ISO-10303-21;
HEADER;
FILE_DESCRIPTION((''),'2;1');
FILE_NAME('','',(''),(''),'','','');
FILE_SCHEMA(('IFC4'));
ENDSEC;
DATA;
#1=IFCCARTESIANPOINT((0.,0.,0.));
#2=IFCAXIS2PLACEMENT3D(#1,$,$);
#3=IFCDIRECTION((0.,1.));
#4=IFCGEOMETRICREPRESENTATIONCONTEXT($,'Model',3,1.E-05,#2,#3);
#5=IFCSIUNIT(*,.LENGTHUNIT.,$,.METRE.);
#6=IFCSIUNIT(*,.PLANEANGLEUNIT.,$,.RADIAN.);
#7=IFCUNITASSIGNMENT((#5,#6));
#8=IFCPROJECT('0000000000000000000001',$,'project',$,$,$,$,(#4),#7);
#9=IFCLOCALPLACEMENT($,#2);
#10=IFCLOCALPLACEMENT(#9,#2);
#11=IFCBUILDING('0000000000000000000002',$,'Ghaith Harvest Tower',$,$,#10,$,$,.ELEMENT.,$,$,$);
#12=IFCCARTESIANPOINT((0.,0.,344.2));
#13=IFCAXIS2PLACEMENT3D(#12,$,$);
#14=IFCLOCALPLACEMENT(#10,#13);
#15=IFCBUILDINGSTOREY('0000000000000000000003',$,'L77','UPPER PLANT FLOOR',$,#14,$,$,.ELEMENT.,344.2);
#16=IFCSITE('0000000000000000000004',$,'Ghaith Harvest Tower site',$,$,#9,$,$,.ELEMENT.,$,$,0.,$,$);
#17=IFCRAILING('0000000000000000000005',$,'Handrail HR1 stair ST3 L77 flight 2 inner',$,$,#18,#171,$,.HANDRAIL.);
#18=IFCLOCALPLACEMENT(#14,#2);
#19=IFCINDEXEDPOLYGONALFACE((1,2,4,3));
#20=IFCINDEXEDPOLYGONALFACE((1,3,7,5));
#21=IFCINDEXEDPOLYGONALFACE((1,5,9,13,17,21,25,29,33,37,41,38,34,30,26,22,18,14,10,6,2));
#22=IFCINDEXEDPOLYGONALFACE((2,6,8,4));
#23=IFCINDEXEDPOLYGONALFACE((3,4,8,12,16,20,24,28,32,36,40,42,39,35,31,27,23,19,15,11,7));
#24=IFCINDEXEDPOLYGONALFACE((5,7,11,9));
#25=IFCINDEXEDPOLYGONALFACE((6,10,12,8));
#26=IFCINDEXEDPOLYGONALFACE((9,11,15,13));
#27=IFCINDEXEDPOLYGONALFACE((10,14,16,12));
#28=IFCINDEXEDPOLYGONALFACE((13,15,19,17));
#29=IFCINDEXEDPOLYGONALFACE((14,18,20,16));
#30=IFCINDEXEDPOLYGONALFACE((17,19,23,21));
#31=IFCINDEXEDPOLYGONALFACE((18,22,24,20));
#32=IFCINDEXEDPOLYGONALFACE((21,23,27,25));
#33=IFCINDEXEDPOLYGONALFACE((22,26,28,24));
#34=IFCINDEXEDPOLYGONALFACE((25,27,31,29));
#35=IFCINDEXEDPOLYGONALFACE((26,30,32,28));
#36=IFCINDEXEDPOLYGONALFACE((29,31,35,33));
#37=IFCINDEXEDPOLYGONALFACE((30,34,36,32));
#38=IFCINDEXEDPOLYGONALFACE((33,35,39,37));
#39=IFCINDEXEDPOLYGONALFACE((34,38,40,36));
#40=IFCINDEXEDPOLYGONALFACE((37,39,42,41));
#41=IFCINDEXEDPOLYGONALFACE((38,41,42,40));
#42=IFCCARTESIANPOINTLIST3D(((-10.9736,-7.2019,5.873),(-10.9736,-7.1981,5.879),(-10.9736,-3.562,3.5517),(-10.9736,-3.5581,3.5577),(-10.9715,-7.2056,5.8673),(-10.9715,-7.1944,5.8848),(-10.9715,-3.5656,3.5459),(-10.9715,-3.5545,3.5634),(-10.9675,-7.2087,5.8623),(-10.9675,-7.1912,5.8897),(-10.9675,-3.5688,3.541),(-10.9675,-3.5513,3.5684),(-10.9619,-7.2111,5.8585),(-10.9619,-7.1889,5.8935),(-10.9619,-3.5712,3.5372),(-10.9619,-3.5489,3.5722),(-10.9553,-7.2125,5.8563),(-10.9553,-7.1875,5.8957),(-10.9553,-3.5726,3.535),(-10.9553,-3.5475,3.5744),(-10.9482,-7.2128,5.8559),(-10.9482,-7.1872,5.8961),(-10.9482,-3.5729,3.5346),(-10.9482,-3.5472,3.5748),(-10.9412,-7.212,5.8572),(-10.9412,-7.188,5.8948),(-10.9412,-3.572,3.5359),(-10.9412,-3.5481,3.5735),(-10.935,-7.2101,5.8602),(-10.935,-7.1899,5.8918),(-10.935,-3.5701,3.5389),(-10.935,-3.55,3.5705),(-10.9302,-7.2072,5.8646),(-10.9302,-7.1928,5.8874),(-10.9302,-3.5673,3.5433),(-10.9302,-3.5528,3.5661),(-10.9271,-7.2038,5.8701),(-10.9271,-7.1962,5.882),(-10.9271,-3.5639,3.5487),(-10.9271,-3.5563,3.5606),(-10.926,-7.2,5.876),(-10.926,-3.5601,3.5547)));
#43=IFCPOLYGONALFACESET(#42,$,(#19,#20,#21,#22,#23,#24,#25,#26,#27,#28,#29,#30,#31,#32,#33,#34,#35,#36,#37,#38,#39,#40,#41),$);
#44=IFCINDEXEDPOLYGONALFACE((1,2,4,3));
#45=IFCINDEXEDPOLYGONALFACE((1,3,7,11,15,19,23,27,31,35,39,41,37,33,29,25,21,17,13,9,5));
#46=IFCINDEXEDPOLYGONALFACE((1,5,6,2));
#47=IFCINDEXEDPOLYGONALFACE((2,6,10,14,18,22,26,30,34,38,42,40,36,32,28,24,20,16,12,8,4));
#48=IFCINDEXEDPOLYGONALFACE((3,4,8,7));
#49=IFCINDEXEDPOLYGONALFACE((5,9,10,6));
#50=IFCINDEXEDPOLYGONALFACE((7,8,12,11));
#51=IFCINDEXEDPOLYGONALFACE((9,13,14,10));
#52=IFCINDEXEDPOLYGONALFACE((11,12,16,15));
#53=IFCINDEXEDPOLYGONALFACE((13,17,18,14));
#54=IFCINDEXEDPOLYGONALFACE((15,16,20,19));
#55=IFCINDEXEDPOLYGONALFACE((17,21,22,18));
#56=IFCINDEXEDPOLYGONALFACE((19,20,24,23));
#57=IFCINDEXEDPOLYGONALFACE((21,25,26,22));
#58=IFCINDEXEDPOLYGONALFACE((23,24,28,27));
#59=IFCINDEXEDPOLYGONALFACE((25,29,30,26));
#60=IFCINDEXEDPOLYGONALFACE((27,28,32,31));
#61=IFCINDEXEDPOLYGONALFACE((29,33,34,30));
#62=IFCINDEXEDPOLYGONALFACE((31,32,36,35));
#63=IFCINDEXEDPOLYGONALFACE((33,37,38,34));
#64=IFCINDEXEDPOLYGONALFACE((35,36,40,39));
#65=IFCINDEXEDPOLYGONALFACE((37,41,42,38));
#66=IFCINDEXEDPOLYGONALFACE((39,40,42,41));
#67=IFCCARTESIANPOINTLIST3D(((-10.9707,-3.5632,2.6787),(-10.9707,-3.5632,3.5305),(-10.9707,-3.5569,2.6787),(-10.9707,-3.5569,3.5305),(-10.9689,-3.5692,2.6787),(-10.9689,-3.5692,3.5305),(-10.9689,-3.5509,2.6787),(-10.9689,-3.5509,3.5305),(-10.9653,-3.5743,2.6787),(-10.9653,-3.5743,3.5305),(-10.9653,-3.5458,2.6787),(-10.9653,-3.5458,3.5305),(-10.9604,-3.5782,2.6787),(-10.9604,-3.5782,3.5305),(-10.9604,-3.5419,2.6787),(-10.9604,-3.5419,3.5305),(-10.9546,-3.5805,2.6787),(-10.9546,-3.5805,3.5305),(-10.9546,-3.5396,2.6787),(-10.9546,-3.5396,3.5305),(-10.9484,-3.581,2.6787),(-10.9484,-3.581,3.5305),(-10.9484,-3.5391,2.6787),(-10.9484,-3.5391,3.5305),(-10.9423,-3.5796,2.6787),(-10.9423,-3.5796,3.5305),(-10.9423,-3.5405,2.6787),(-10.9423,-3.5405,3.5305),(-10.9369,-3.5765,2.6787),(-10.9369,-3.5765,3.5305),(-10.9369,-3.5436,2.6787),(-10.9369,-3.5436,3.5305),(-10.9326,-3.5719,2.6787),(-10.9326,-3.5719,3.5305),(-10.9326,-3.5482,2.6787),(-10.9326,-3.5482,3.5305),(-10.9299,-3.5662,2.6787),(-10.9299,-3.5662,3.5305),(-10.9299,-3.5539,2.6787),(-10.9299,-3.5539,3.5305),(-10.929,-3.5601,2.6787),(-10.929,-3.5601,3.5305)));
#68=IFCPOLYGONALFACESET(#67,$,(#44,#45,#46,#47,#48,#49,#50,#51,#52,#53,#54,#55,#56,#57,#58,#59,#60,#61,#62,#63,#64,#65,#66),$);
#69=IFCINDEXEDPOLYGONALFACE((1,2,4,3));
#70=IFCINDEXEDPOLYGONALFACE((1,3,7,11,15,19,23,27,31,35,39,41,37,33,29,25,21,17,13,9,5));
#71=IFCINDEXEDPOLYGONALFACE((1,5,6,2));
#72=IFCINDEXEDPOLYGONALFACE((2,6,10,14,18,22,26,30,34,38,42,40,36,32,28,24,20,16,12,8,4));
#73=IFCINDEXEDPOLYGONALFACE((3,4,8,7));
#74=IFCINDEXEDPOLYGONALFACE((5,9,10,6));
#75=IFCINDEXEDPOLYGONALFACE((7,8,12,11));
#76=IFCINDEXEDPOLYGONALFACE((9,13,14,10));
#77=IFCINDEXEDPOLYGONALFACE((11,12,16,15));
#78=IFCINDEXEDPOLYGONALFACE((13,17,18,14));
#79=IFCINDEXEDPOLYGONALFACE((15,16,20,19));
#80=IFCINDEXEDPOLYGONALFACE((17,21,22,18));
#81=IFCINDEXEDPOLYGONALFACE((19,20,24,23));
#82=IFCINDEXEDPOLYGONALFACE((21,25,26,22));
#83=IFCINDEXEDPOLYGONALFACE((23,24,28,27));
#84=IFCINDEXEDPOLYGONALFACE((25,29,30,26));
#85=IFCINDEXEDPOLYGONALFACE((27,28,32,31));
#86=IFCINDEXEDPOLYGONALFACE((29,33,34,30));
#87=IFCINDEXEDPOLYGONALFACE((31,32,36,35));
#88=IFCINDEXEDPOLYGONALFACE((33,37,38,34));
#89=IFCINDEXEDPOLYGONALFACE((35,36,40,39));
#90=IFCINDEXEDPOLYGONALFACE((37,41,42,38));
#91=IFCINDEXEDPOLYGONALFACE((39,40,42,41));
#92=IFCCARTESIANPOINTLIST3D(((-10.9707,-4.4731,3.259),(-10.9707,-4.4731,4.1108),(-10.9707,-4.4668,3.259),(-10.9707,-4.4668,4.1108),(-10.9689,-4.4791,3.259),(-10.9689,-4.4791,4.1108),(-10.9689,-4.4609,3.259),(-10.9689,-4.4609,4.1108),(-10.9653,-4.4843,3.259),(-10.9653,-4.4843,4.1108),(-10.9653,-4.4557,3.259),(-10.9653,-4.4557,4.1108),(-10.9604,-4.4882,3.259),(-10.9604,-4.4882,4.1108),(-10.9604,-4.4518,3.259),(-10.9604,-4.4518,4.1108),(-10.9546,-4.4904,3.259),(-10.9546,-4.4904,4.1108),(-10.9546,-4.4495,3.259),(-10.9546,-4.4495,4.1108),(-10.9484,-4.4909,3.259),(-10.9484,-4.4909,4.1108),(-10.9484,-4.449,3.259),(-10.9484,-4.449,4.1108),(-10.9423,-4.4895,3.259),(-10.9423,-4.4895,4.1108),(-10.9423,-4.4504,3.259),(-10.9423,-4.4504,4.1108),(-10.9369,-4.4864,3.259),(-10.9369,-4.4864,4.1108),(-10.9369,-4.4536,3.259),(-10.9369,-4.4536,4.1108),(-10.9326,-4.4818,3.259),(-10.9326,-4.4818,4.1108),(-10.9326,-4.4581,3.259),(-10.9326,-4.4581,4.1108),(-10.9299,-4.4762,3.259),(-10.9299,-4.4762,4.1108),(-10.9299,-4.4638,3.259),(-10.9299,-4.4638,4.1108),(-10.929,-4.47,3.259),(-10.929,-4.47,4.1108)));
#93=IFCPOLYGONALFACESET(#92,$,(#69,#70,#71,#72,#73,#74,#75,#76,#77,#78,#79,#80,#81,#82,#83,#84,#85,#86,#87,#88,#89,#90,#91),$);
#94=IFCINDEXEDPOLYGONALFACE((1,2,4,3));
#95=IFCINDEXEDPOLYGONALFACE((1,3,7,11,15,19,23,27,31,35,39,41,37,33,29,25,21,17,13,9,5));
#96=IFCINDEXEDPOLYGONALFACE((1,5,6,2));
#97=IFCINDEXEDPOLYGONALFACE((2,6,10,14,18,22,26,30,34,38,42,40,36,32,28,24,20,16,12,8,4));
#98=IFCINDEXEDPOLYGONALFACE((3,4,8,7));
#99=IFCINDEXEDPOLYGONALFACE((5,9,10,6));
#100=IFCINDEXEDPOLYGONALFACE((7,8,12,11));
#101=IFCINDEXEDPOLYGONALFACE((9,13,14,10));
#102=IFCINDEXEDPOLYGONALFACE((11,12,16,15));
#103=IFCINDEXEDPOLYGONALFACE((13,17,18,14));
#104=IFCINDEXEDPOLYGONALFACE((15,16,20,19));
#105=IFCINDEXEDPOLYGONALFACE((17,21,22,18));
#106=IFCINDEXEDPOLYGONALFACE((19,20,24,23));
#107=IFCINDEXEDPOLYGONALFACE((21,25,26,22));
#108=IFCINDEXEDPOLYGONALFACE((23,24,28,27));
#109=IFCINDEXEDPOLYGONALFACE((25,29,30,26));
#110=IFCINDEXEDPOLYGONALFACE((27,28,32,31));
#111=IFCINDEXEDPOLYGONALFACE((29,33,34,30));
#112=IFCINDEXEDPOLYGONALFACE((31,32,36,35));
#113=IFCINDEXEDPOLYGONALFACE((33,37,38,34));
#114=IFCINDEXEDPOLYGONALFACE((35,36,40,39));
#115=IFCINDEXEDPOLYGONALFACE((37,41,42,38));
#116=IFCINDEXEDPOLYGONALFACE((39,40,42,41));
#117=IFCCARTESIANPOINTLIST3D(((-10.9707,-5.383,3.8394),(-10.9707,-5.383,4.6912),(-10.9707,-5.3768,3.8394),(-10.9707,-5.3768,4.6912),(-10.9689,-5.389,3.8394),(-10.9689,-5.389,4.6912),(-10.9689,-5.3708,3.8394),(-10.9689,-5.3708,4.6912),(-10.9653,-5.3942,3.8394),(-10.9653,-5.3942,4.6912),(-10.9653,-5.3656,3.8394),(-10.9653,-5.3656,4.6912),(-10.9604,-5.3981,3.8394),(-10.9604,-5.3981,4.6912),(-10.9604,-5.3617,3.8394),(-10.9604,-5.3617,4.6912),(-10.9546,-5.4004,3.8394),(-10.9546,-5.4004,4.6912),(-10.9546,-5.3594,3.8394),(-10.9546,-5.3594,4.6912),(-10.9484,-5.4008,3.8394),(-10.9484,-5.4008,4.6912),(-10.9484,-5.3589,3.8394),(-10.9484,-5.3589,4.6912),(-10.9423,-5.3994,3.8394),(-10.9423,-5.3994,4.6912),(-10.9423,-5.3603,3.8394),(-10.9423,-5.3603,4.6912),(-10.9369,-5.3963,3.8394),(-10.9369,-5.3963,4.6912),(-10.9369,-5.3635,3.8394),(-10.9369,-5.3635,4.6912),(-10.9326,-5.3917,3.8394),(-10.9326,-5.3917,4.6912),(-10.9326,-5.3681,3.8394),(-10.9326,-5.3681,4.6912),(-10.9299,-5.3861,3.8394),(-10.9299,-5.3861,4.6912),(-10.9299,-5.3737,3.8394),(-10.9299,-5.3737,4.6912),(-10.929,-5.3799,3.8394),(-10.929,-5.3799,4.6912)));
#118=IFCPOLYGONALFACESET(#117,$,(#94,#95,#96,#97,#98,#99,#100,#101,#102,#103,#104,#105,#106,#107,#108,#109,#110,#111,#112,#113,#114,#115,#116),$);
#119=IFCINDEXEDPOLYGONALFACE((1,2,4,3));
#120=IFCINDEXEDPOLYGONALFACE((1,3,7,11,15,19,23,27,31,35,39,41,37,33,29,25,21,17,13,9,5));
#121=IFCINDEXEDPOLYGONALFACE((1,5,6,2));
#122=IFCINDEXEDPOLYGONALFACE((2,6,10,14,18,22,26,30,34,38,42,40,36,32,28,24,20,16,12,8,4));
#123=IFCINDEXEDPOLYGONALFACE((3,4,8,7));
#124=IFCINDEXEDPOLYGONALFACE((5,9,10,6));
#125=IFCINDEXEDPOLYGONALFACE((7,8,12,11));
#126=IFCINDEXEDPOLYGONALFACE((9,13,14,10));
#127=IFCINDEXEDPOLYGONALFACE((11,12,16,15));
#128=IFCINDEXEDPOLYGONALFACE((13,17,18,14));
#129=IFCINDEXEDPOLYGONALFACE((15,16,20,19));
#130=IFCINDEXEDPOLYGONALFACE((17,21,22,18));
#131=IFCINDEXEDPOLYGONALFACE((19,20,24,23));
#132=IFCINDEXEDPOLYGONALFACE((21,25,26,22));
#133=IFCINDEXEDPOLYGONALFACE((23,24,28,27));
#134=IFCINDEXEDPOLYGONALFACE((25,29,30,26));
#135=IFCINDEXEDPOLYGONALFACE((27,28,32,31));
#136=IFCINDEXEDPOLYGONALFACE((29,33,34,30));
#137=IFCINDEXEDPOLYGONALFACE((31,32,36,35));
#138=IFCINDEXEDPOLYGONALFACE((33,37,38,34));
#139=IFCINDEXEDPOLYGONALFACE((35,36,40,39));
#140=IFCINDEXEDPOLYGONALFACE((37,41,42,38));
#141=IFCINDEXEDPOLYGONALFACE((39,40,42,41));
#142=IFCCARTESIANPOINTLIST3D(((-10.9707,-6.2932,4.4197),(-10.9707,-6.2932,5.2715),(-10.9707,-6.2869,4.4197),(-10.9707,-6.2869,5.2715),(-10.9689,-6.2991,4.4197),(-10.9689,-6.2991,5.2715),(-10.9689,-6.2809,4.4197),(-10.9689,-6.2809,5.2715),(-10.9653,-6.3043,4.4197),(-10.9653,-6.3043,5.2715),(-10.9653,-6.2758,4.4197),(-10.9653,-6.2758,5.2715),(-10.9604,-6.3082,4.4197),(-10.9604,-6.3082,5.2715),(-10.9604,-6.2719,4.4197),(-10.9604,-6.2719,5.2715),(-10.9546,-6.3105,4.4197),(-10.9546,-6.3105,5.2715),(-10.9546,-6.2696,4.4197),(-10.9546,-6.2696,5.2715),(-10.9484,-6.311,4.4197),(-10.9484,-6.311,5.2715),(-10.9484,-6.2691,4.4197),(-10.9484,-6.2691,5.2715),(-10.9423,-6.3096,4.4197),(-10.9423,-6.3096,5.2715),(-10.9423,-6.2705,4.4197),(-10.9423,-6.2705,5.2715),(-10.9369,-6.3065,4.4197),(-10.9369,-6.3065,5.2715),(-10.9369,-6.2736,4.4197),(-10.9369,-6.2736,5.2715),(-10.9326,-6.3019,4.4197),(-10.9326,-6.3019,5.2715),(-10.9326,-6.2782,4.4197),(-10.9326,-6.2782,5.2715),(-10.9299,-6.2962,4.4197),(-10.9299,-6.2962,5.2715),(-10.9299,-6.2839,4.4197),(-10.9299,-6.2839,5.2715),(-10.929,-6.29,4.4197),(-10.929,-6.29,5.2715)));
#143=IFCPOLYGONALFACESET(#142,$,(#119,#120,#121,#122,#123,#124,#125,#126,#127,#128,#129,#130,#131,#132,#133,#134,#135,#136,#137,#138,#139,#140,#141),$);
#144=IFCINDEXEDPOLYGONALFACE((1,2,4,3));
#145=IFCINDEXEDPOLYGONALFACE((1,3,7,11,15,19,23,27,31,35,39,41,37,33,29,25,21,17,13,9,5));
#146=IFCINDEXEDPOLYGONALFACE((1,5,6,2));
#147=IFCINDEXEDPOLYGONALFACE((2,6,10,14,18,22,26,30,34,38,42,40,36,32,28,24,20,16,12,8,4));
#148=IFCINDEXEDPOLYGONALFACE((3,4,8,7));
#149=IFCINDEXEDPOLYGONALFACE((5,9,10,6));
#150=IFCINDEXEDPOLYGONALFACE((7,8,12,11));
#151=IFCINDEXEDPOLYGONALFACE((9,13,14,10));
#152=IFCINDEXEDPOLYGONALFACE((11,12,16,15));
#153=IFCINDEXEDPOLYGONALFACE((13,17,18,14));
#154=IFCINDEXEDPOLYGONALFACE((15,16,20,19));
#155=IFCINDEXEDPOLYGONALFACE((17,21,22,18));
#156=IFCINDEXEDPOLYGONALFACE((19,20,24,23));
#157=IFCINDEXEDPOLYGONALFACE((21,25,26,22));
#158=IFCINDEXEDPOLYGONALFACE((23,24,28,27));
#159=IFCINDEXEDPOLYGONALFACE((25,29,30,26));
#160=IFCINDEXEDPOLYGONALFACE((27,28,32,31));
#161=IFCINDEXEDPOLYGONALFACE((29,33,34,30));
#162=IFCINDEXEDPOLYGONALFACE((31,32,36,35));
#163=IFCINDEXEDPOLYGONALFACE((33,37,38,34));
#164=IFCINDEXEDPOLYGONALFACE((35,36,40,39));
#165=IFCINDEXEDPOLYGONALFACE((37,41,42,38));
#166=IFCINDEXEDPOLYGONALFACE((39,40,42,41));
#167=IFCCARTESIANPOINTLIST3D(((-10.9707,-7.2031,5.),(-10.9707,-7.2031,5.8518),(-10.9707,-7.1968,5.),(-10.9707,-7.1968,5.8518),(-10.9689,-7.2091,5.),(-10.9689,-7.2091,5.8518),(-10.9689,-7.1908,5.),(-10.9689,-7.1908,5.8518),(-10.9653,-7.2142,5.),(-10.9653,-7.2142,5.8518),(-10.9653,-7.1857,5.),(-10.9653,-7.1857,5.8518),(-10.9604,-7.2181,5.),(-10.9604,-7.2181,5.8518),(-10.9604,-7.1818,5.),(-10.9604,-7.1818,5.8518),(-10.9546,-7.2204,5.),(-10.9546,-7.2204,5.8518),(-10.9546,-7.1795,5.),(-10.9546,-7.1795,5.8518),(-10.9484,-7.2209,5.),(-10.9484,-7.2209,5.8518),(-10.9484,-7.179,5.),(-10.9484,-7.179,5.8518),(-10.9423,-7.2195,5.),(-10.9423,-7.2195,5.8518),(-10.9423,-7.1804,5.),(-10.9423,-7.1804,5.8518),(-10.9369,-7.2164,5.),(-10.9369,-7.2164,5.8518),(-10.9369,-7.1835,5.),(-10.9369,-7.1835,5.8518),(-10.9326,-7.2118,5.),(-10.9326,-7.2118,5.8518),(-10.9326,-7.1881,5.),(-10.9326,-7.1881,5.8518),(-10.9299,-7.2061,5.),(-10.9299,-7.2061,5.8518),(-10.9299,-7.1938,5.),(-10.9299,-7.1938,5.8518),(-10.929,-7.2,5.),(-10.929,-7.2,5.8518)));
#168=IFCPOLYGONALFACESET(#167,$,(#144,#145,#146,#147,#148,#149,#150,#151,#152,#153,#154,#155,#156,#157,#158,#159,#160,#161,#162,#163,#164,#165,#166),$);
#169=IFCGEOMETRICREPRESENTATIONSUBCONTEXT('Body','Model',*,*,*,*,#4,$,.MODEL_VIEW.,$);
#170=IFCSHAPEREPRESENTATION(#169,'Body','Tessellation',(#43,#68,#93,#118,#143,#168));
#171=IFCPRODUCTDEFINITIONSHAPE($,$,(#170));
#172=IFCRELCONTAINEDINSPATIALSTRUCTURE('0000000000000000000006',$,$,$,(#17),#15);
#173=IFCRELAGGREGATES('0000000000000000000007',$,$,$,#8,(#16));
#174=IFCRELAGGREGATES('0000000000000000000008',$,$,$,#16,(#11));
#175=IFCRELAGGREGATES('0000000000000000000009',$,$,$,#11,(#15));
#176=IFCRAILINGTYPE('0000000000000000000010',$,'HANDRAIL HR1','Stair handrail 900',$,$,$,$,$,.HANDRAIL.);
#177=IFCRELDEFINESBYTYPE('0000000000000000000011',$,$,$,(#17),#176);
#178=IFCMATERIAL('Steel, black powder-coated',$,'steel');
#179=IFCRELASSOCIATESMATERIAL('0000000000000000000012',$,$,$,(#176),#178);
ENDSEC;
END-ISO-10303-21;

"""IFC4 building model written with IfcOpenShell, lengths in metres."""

from ifc_helpers import new_model, si_unit, direction, frame, origin, origin_2d, place, context, subcontext, project, spatial, circle, extrude, material, type_object, element, save


model = new_model("IFC4")

# Units and contexts
model_context = context("Model", 3, precision=1e-05, world=origin(), true_north=direction((0.0, 1.0)))
body_context = subcontext(model_context, "Body", "Model", "MODEL_VIEW")
ifc_project = project(units=[si_unit("LENGTHUNIT", "METRE"), si_unit("PLANEANGLEUNIT", "RADIAN")], contexts=[model_context])

# Site, building, storey
site_placement = place(None, origin())
site = spatial("IfcSite", under=ifc_project, at=site_placement, Name="Ghaith Harvest Tower site", CompositionType="ELEMENT", RefElevation=0.0)
building_placement = place(site_placement, origin())
building = spatial("IfcBuilding", under=site, at=building_placement, Name="Ghaith Harvest Tower", CompositionType="ELEMENT")
storey_placement = place(building_placement, frame((0.0, 0.0, 344.2)))
storey = spatial("IfcBuildingStorey", under=building, at=storey_placement, Name="L77", Description="UPPER PLANT FLOOR", CompositionType="ELEMENT", Elevation=344.2)

# Railing
ifc_material_1 = material(Name="Steel, black powder-coated", Category="steel")
railing_type = type_object("IfcRailingType", Name="HANDRAIL HR1", Description="Stair handrail 900", PredefinedType="HANDRAIL", material=ifc_material_1)
railing_1_placement = place(storey_placement, frame((-10.95, -3.5601, 2.6787)))
element("IfcRailing", 1, at=railing_1_placement, inside=storey, type_object=railing_type, Name="Handrail HR1 stair ST3 L77 flight 2 inner", PredefinedType="HANDRAIL", context=body_context, shape_type="SweptSolid", body=[
    extrude(circle(Radius=0.0239, at=origin_2d()), frame((0.0, 0.0, 0.876), z_axis=(0.0, -0.843137, 0.537699), x_axis=(1.0, 0.0, 0.0)), (0.0, 0.0, 1.0), 4.3171),
    extrude(circle(Radius=0.021, at=origin_2d()), origin(), (0.0, 0.0, 1.0), 0.8518),
    extrude(circle(Radius=0.021, at=origin_2d()), frame((0.0, -0.9099, 0.5803)), (0.0, 0.0, 1.0), 0.8518),
    extrude(circle(Radius=0.021, at=origin_2d()), frame((0.0, -1.8198, 1.1606)), (0.0, 0.0, 1.0), 0.8518),
    extrude(circle(Radius=0.021, at=origin_2d()), frame((0.0, -2.73, 1.741)), (0.0, 0.0, 1.0), 0.8518),
    extrude(circle(Radius=0.021, at=origin_2d()), frame((0.0, -3.6399, 2.3213)), (0.0, 0.0, 1.0), 0.8518),
])

save(model, "model.ifc")
